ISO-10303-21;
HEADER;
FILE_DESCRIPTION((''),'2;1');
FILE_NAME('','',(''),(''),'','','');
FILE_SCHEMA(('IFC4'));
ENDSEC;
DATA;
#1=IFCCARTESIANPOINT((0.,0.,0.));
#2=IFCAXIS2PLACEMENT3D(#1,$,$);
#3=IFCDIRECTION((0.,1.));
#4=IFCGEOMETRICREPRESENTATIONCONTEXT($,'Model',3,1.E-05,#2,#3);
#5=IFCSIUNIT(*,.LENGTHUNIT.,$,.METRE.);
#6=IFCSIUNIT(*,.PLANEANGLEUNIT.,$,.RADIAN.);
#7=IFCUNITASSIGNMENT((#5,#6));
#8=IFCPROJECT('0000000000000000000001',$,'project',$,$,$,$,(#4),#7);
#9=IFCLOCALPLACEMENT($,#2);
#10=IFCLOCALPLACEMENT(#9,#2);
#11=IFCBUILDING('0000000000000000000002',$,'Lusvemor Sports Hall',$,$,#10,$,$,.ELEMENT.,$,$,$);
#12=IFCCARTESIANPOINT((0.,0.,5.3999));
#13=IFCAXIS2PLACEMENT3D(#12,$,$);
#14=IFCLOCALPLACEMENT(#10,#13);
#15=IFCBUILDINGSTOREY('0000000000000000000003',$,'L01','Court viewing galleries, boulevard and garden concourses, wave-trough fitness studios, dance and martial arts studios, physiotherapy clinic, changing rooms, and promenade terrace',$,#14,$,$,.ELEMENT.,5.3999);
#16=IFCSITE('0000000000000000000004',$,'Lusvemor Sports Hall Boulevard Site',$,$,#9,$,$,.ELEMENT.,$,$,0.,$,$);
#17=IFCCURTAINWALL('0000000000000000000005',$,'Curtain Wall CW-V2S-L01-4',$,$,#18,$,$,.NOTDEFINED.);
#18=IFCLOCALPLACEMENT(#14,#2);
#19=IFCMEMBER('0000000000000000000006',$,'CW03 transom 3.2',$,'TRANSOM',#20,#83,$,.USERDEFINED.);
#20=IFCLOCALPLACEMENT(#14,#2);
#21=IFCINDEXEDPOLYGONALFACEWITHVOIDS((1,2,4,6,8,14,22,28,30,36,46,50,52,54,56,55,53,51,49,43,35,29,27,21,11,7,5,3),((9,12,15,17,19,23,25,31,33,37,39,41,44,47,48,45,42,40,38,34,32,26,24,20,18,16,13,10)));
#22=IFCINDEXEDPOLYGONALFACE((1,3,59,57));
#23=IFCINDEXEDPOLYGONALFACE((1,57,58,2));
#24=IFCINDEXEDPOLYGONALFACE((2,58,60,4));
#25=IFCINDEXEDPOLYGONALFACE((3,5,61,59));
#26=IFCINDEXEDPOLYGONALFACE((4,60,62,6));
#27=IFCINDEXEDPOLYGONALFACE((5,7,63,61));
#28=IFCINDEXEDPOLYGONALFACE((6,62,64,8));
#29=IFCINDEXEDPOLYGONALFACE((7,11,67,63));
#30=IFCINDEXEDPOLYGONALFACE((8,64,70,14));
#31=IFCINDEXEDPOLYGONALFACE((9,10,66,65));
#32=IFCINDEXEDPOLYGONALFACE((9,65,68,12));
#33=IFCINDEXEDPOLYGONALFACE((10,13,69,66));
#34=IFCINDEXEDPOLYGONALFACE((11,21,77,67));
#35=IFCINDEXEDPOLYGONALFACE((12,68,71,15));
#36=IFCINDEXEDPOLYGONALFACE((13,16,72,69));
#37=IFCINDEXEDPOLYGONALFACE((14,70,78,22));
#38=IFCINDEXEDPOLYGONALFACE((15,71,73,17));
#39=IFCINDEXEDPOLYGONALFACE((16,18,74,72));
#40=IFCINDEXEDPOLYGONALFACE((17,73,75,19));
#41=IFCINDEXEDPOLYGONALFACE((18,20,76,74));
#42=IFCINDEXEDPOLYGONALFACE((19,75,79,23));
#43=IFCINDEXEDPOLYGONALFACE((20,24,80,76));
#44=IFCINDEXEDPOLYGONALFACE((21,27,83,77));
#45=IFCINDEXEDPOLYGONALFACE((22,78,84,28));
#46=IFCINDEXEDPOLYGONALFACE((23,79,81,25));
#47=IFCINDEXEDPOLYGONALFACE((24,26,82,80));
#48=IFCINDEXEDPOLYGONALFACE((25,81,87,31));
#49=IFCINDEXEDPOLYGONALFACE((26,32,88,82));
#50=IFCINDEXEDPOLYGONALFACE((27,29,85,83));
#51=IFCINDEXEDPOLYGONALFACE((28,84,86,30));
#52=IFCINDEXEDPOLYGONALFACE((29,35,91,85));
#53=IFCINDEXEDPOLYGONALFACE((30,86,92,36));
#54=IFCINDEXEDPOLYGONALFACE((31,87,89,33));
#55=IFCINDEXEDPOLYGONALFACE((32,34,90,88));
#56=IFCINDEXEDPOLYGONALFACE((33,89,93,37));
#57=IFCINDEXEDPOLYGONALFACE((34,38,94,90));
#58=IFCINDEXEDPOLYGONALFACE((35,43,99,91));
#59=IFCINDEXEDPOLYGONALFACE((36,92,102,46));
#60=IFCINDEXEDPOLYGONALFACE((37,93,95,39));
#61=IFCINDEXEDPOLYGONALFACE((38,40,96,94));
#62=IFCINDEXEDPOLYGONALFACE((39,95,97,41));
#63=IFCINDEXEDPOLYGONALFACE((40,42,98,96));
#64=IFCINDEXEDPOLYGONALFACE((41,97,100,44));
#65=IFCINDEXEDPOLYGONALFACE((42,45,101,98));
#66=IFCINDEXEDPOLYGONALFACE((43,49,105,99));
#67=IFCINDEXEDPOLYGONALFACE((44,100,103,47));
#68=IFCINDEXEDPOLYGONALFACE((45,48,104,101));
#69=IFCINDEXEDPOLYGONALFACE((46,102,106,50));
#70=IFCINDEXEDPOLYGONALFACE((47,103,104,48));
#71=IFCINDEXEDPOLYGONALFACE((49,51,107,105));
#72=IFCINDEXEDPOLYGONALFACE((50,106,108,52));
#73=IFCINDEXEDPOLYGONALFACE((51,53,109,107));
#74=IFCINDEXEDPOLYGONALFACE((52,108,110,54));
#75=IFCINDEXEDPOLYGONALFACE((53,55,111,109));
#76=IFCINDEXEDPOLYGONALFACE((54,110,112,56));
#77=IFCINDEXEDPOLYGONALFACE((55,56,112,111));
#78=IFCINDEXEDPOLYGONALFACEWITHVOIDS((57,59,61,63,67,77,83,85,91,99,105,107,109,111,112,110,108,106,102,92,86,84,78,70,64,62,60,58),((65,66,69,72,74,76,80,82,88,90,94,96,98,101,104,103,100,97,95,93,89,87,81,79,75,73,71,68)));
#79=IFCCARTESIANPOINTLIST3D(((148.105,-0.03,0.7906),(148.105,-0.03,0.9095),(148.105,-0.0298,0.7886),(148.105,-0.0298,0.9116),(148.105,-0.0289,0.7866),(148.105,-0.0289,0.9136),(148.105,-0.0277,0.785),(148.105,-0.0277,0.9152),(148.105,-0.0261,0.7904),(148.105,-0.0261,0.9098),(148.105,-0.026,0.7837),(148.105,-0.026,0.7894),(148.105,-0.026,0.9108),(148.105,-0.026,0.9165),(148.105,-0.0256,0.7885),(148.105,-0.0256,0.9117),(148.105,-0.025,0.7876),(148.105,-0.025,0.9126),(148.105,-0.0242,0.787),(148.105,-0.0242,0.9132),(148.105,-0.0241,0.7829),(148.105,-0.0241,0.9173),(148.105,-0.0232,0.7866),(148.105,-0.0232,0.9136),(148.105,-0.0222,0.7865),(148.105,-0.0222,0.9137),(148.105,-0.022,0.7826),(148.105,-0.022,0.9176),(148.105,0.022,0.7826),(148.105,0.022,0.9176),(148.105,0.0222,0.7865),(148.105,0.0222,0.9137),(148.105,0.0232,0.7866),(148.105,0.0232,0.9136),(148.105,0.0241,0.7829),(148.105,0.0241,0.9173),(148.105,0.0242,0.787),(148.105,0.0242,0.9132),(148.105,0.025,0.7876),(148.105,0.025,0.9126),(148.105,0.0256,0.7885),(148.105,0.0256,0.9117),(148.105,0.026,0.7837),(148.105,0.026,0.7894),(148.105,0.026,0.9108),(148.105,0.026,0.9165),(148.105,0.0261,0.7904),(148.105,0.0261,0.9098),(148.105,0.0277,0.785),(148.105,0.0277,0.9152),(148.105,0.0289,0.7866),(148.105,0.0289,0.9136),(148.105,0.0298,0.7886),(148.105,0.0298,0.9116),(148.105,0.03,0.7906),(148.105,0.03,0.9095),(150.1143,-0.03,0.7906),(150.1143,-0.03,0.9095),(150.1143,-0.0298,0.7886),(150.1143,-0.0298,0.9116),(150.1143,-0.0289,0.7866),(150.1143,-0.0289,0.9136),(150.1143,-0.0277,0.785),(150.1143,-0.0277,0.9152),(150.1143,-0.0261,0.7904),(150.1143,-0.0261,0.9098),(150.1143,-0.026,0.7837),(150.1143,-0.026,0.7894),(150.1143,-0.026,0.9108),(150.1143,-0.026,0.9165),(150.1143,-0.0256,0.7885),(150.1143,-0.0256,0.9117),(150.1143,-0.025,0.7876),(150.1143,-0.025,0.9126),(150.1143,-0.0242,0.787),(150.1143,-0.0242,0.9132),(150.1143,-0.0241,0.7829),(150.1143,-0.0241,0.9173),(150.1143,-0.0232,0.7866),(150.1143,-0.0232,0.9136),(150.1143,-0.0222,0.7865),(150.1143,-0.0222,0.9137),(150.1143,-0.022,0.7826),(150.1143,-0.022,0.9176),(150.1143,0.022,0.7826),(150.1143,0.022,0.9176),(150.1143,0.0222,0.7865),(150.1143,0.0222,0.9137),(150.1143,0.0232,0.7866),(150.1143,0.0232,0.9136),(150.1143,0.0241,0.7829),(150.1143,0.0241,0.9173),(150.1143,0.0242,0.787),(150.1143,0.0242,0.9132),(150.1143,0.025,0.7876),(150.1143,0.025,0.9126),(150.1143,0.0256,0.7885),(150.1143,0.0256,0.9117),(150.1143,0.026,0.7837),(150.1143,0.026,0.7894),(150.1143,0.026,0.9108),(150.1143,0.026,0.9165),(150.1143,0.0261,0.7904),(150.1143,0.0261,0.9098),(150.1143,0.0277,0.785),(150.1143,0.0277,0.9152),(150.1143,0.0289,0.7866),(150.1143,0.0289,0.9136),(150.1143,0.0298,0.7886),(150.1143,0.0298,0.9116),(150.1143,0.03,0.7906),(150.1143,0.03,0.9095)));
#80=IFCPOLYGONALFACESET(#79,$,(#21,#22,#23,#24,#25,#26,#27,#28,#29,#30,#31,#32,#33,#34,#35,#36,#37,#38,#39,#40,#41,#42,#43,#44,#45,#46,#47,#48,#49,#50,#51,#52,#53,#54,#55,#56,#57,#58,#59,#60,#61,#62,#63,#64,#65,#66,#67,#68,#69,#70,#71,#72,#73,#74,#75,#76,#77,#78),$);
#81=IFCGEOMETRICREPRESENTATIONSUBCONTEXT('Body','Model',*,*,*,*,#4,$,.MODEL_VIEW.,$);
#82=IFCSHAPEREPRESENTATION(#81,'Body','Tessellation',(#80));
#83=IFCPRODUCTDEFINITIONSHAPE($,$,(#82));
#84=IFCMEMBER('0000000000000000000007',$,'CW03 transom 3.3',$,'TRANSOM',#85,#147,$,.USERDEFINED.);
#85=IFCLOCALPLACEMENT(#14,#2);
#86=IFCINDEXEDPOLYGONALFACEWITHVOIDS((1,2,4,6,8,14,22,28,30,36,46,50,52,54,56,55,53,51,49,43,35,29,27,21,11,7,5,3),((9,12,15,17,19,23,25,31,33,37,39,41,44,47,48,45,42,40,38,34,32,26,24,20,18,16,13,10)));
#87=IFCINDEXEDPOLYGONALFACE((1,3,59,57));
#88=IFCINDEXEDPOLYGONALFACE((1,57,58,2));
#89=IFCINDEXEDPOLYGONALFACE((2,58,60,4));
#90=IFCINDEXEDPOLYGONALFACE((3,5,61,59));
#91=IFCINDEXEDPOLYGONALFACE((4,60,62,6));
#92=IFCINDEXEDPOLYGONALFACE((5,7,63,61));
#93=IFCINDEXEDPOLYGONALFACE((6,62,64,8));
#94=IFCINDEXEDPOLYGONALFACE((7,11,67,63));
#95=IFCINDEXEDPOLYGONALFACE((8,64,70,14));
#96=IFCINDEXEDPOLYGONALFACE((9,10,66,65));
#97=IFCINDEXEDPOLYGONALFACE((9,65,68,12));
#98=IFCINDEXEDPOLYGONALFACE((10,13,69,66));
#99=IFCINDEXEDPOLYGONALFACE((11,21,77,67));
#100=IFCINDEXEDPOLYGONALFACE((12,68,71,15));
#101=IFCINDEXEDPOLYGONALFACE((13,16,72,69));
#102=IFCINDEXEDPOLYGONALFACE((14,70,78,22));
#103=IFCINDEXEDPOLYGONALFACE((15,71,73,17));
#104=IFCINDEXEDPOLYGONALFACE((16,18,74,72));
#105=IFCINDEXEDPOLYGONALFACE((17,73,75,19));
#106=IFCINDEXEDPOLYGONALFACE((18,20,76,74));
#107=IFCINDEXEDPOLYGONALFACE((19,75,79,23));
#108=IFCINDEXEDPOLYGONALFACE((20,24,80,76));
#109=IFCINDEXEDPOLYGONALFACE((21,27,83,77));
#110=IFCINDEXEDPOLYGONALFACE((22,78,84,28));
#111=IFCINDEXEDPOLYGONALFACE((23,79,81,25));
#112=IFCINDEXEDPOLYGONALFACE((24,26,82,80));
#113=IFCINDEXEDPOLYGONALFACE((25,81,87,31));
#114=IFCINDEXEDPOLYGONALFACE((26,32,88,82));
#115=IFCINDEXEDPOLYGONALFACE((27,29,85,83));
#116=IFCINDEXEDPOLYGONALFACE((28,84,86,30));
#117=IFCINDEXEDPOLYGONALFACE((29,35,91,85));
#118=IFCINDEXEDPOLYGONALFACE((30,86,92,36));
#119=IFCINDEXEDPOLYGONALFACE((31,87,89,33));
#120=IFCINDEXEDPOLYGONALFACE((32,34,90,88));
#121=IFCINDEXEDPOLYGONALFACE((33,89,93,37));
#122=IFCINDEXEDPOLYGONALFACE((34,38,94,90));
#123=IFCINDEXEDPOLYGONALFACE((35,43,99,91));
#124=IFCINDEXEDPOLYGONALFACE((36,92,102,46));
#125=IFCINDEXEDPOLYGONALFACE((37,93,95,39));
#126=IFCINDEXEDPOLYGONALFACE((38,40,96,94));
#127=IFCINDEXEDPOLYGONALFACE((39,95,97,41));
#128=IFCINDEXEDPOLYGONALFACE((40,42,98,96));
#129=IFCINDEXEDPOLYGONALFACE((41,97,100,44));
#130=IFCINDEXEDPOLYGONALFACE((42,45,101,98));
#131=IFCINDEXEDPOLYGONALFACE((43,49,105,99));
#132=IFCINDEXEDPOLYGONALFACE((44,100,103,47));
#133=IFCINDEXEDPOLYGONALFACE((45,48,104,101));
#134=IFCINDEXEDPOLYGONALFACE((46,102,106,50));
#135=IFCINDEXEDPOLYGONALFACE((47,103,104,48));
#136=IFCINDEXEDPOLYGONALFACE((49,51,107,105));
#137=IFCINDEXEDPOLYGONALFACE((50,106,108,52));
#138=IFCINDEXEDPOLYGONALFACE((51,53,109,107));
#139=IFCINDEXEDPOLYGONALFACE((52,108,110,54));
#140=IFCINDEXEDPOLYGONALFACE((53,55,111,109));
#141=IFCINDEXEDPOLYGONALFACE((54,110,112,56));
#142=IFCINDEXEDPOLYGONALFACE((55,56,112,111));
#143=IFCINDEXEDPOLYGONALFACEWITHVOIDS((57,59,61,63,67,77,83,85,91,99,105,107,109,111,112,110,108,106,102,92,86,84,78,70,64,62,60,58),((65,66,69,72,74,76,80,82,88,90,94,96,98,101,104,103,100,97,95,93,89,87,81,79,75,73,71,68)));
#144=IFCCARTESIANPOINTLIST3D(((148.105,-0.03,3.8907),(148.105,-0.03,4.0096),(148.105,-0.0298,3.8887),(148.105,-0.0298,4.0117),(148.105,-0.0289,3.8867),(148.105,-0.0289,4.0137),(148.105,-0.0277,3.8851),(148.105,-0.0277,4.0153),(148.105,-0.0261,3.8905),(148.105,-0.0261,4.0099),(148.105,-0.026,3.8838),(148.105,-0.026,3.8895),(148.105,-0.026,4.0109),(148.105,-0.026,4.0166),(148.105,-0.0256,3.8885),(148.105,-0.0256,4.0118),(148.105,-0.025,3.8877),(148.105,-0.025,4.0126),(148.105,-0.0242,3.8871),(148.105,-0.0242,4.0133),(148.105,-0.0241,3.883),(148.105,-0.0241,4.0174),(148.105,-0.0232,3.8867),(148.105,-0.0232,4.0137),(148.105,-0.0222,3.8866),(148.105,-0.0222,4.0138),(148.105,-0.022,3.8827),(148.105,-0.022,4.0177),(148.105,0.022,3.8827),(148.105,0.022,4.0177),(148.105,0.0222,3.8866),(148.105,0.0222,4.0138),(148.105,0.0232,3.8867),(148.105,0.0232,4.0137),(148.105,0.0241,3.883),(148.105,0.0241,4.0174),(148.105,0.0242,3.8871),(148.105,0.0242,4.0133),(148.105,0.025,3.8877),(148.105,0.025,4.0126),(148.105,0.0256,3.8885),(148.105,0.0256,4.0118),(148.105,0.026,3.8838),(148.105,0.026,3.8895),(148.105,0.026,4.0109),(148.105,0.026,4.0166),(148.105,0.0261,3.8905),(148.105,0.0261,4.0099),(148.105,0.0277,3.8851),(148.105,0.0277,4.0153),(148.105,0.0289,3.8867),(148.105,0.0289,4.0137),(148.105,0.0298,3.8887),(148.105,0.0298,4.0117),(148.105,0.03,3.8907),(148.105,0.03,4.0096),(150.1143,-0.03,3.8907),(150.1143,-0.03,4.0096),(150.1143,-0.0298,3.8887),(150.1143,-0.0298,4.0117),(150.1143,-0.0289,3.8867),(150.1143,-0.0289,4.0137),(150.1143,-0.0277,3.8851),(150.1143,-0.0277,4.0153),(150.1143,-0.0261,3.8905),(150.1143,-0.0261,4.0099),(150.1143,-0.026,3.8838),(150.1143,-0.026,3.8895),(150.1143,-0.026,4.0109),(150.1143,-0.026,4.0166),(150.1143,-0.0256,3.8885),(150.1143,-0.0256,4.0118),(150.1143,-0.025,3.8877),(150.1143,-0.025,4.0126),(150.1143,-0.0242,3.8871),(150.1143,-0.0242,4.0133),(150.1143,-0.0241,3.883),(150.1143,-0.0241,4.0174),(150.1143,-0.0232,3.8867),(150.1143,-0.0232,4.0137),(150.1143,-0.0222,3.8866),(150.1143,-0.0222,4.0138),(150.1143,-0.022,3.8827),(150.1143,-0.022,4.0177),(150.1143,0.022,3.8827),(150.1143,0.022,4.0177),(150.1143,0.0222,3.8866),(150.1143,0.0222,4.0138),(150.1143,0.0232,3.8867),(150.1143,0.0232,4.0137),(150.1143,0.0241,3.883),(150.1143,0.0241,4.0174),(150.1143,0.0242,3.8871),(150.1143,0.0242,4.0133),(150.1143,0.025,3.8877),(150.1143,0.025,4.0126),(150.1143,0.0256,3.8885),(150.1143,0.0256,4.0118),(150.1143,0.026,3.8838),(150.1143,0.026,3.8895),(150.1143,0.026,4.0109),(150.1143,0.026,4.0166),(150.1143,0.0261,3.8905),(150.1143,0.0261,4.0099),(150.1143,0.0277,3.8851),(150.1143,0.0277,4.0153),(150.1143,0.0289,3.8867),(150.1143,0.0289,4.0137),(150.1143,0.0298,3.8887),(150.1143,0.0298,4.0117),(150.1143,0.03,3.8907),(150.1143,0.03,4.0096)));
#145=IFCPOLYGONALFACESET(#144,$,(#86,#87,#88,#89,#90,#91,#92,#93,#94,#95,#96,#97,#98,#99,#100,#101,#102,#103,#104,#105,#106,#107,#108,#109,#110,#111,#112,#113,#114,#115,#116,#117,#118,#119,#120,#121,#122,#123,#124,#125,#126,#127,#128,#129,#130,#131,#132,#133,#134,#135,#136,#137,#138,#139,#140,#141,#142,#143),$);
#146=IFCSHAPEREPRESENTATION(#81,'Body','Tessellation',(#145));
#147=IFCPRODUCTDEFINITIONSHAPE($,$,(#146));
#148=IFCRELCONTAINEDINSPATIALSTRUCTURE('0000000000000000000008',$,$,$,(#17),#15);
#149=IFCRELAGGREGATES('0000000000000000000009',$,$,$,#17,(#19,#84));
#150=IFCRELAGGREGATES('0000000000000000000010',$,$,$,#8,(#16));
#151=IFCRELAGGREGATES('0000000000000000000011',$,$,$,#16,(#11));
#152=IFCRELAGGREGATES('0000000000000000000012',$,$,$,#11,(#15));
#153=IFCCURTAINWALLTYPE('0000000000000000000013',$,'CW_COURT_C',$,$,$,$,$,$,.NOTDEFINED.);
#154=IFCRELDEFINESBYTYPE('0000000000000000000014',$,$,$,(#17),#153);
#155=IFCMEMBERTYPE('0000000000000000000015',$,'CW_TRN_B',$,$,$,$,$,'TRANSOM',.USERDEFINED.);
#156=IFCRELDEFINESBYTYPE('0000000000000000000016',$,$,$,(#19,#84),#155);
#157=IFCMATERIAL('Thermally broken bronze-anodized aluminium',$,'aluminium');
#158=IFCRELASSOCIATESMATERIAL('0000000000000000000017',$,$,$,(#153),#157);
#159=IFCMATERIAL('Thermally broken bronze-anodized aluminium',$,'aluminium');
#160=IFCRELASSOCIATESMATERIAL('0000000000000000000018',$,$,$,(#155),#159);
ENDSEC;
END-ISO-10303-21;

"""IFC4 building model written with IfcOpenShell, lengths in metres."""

from ifc_helpers import new_model, si_unit, direction, frame, origin, origin_2d, place, context, subcontext, project, spatial, hollow_rectangle, extrude, material, material_profile, profile_set, type_object, element, aggregate, save


model = new_model("IFC4")

# Units and contexts
model_context = context("Model", 3, precision=1e-05, world=origin(), true_north=direction((0.0, 1.0)))
body_context = subcontext(model_context, "Body", "Model", "MODEL_VIEW")
ifc_project = project(units=[si_unit("LENGTHUNIT", "METRE"), si_unit("PLANEANGLEUNIT", "RADIAN")], contexts=[model_context])

# Site, building, storey
site_placement = place(None, origin())
site = spatial("IfcSite", under=ifc_project, at=site_placement, Name="Lusvemor Sports Hall Boulevard Site", CompositionType="ELEMENT", RefElevation=0.0)
building_placement = place(site_placement, origin())
building = spatial("IfcBuilding", under=site, at=building_placement, Name="Lusvemor Sports Hall", CompositionType="ELEMENT")
storey_placement = place(building_placement, frame((0.0, 0.0, 5.3999)))
storey = spatial("IfcBuildingStorey", under=building, at=storey_placement, Name="L01", Description="Court viewing galleries, boulevard and garden concourses, wave-trough fitness studios, dance and martial arts studios, physiotherapy clinic, changing rooms, and promenade terrace", CompositionType="ELEMENT", Elevation=5.3999)

# Shared definitions
ifc_material_1 = material(Name="Thermally broken bronze-anodized aluminium", Category="aluminium")
curtain_wall_type = type_object("IfcCurtainWallType", Name="CW_COURT_C", PredefinedType="NOTDEFINED", material=ifc_material_1)

# Curtain wall
curtain_wall_1_placement = place(storey_placement, origin())
curtain_wall_1 = element("IfcCurtainWall", 1, at=curtain_wall_1_placement, inside=storey, type_object=curtain_wall_type, Name="Curtain Wall CW-V2S-L01-4", PredefinedType="NOTDEFINED")

# Members
ifc_material_2 = material(Name="Thermally broken bronze-anodized aluminium", Category="aluminium")
ifc_material_profile_1 = material_profile(ifc_material_2, hollow_rectangle(XDim=0.0601, YDim=0.135, WallThickness=0.0039, InnerFilletRadius=0.0039, OuterFilletRadius=0.0081, at=origin_2d()), Name="CWTRN135x60x4")
ifc_profile_set_1 = profile_set([ifc_material_profile_1], Name="Thermally broken bronze-anodized aluminium")
member_type_1 = type_object("IfcMemberType", Name="CW_TRN_B", ElementType="TRANSOM", PredefinedType="USERDEFINED", material=ifc_profile_set_1)
member_1_placement = place(storey_placement, frame((150.1143, 0.0, 0.8501), z_axis=(-1.0, 0.0, 0.0), x_axis=(0.0, -1.0, 0.0)))
member_1 = element("IfcMember", 2, at=member_1_placement, type_object=member_type_1, Name="CW03 transom 3.2", ObjectType="TRANSOM", PredefinedType="USERDEFINED", context=body_context, shape_type="SweptSolid", body=[
    extrude(hollow_rectangle(XDim=0.0601, YDim=0.135, WallThickness=0.0039, InnerFilletRadius=0.0039, OuterFilletRadius=0.0081, at=origin_2d()), origin(), (0.0, 0.0, 1.0), 2.0093),
])
member_2_placement = place(storey_placement, frame((150.1143, 0.0, 3.9502), z_axis=(-1.0, 0.0, 0.0), x_axis=(0.0, -1.0, 0.0)))
member_2 = element("IfcMember", 3, at=member_2_placement, type_object=member_type_1, Name="CW03 transom 3.3", ObjectType="TRANSOM", PredefinedType="USERDEFINED", context=body_context, shape_type="SweptSolid", body=[
    extrude(hollow_rectangle(XDim=0.0601, YDim=0.135, WallThickness=0.0039, InnerFilletRadius=0.0039, OuterFilletRadius=0.0081, at=origin_2d()), origin(), (0.0, 0.0, 1.0), 2.0093),
])

aggregate(curtain_wall_1, [member_1, member_2])

save(model, "model.ifc")
